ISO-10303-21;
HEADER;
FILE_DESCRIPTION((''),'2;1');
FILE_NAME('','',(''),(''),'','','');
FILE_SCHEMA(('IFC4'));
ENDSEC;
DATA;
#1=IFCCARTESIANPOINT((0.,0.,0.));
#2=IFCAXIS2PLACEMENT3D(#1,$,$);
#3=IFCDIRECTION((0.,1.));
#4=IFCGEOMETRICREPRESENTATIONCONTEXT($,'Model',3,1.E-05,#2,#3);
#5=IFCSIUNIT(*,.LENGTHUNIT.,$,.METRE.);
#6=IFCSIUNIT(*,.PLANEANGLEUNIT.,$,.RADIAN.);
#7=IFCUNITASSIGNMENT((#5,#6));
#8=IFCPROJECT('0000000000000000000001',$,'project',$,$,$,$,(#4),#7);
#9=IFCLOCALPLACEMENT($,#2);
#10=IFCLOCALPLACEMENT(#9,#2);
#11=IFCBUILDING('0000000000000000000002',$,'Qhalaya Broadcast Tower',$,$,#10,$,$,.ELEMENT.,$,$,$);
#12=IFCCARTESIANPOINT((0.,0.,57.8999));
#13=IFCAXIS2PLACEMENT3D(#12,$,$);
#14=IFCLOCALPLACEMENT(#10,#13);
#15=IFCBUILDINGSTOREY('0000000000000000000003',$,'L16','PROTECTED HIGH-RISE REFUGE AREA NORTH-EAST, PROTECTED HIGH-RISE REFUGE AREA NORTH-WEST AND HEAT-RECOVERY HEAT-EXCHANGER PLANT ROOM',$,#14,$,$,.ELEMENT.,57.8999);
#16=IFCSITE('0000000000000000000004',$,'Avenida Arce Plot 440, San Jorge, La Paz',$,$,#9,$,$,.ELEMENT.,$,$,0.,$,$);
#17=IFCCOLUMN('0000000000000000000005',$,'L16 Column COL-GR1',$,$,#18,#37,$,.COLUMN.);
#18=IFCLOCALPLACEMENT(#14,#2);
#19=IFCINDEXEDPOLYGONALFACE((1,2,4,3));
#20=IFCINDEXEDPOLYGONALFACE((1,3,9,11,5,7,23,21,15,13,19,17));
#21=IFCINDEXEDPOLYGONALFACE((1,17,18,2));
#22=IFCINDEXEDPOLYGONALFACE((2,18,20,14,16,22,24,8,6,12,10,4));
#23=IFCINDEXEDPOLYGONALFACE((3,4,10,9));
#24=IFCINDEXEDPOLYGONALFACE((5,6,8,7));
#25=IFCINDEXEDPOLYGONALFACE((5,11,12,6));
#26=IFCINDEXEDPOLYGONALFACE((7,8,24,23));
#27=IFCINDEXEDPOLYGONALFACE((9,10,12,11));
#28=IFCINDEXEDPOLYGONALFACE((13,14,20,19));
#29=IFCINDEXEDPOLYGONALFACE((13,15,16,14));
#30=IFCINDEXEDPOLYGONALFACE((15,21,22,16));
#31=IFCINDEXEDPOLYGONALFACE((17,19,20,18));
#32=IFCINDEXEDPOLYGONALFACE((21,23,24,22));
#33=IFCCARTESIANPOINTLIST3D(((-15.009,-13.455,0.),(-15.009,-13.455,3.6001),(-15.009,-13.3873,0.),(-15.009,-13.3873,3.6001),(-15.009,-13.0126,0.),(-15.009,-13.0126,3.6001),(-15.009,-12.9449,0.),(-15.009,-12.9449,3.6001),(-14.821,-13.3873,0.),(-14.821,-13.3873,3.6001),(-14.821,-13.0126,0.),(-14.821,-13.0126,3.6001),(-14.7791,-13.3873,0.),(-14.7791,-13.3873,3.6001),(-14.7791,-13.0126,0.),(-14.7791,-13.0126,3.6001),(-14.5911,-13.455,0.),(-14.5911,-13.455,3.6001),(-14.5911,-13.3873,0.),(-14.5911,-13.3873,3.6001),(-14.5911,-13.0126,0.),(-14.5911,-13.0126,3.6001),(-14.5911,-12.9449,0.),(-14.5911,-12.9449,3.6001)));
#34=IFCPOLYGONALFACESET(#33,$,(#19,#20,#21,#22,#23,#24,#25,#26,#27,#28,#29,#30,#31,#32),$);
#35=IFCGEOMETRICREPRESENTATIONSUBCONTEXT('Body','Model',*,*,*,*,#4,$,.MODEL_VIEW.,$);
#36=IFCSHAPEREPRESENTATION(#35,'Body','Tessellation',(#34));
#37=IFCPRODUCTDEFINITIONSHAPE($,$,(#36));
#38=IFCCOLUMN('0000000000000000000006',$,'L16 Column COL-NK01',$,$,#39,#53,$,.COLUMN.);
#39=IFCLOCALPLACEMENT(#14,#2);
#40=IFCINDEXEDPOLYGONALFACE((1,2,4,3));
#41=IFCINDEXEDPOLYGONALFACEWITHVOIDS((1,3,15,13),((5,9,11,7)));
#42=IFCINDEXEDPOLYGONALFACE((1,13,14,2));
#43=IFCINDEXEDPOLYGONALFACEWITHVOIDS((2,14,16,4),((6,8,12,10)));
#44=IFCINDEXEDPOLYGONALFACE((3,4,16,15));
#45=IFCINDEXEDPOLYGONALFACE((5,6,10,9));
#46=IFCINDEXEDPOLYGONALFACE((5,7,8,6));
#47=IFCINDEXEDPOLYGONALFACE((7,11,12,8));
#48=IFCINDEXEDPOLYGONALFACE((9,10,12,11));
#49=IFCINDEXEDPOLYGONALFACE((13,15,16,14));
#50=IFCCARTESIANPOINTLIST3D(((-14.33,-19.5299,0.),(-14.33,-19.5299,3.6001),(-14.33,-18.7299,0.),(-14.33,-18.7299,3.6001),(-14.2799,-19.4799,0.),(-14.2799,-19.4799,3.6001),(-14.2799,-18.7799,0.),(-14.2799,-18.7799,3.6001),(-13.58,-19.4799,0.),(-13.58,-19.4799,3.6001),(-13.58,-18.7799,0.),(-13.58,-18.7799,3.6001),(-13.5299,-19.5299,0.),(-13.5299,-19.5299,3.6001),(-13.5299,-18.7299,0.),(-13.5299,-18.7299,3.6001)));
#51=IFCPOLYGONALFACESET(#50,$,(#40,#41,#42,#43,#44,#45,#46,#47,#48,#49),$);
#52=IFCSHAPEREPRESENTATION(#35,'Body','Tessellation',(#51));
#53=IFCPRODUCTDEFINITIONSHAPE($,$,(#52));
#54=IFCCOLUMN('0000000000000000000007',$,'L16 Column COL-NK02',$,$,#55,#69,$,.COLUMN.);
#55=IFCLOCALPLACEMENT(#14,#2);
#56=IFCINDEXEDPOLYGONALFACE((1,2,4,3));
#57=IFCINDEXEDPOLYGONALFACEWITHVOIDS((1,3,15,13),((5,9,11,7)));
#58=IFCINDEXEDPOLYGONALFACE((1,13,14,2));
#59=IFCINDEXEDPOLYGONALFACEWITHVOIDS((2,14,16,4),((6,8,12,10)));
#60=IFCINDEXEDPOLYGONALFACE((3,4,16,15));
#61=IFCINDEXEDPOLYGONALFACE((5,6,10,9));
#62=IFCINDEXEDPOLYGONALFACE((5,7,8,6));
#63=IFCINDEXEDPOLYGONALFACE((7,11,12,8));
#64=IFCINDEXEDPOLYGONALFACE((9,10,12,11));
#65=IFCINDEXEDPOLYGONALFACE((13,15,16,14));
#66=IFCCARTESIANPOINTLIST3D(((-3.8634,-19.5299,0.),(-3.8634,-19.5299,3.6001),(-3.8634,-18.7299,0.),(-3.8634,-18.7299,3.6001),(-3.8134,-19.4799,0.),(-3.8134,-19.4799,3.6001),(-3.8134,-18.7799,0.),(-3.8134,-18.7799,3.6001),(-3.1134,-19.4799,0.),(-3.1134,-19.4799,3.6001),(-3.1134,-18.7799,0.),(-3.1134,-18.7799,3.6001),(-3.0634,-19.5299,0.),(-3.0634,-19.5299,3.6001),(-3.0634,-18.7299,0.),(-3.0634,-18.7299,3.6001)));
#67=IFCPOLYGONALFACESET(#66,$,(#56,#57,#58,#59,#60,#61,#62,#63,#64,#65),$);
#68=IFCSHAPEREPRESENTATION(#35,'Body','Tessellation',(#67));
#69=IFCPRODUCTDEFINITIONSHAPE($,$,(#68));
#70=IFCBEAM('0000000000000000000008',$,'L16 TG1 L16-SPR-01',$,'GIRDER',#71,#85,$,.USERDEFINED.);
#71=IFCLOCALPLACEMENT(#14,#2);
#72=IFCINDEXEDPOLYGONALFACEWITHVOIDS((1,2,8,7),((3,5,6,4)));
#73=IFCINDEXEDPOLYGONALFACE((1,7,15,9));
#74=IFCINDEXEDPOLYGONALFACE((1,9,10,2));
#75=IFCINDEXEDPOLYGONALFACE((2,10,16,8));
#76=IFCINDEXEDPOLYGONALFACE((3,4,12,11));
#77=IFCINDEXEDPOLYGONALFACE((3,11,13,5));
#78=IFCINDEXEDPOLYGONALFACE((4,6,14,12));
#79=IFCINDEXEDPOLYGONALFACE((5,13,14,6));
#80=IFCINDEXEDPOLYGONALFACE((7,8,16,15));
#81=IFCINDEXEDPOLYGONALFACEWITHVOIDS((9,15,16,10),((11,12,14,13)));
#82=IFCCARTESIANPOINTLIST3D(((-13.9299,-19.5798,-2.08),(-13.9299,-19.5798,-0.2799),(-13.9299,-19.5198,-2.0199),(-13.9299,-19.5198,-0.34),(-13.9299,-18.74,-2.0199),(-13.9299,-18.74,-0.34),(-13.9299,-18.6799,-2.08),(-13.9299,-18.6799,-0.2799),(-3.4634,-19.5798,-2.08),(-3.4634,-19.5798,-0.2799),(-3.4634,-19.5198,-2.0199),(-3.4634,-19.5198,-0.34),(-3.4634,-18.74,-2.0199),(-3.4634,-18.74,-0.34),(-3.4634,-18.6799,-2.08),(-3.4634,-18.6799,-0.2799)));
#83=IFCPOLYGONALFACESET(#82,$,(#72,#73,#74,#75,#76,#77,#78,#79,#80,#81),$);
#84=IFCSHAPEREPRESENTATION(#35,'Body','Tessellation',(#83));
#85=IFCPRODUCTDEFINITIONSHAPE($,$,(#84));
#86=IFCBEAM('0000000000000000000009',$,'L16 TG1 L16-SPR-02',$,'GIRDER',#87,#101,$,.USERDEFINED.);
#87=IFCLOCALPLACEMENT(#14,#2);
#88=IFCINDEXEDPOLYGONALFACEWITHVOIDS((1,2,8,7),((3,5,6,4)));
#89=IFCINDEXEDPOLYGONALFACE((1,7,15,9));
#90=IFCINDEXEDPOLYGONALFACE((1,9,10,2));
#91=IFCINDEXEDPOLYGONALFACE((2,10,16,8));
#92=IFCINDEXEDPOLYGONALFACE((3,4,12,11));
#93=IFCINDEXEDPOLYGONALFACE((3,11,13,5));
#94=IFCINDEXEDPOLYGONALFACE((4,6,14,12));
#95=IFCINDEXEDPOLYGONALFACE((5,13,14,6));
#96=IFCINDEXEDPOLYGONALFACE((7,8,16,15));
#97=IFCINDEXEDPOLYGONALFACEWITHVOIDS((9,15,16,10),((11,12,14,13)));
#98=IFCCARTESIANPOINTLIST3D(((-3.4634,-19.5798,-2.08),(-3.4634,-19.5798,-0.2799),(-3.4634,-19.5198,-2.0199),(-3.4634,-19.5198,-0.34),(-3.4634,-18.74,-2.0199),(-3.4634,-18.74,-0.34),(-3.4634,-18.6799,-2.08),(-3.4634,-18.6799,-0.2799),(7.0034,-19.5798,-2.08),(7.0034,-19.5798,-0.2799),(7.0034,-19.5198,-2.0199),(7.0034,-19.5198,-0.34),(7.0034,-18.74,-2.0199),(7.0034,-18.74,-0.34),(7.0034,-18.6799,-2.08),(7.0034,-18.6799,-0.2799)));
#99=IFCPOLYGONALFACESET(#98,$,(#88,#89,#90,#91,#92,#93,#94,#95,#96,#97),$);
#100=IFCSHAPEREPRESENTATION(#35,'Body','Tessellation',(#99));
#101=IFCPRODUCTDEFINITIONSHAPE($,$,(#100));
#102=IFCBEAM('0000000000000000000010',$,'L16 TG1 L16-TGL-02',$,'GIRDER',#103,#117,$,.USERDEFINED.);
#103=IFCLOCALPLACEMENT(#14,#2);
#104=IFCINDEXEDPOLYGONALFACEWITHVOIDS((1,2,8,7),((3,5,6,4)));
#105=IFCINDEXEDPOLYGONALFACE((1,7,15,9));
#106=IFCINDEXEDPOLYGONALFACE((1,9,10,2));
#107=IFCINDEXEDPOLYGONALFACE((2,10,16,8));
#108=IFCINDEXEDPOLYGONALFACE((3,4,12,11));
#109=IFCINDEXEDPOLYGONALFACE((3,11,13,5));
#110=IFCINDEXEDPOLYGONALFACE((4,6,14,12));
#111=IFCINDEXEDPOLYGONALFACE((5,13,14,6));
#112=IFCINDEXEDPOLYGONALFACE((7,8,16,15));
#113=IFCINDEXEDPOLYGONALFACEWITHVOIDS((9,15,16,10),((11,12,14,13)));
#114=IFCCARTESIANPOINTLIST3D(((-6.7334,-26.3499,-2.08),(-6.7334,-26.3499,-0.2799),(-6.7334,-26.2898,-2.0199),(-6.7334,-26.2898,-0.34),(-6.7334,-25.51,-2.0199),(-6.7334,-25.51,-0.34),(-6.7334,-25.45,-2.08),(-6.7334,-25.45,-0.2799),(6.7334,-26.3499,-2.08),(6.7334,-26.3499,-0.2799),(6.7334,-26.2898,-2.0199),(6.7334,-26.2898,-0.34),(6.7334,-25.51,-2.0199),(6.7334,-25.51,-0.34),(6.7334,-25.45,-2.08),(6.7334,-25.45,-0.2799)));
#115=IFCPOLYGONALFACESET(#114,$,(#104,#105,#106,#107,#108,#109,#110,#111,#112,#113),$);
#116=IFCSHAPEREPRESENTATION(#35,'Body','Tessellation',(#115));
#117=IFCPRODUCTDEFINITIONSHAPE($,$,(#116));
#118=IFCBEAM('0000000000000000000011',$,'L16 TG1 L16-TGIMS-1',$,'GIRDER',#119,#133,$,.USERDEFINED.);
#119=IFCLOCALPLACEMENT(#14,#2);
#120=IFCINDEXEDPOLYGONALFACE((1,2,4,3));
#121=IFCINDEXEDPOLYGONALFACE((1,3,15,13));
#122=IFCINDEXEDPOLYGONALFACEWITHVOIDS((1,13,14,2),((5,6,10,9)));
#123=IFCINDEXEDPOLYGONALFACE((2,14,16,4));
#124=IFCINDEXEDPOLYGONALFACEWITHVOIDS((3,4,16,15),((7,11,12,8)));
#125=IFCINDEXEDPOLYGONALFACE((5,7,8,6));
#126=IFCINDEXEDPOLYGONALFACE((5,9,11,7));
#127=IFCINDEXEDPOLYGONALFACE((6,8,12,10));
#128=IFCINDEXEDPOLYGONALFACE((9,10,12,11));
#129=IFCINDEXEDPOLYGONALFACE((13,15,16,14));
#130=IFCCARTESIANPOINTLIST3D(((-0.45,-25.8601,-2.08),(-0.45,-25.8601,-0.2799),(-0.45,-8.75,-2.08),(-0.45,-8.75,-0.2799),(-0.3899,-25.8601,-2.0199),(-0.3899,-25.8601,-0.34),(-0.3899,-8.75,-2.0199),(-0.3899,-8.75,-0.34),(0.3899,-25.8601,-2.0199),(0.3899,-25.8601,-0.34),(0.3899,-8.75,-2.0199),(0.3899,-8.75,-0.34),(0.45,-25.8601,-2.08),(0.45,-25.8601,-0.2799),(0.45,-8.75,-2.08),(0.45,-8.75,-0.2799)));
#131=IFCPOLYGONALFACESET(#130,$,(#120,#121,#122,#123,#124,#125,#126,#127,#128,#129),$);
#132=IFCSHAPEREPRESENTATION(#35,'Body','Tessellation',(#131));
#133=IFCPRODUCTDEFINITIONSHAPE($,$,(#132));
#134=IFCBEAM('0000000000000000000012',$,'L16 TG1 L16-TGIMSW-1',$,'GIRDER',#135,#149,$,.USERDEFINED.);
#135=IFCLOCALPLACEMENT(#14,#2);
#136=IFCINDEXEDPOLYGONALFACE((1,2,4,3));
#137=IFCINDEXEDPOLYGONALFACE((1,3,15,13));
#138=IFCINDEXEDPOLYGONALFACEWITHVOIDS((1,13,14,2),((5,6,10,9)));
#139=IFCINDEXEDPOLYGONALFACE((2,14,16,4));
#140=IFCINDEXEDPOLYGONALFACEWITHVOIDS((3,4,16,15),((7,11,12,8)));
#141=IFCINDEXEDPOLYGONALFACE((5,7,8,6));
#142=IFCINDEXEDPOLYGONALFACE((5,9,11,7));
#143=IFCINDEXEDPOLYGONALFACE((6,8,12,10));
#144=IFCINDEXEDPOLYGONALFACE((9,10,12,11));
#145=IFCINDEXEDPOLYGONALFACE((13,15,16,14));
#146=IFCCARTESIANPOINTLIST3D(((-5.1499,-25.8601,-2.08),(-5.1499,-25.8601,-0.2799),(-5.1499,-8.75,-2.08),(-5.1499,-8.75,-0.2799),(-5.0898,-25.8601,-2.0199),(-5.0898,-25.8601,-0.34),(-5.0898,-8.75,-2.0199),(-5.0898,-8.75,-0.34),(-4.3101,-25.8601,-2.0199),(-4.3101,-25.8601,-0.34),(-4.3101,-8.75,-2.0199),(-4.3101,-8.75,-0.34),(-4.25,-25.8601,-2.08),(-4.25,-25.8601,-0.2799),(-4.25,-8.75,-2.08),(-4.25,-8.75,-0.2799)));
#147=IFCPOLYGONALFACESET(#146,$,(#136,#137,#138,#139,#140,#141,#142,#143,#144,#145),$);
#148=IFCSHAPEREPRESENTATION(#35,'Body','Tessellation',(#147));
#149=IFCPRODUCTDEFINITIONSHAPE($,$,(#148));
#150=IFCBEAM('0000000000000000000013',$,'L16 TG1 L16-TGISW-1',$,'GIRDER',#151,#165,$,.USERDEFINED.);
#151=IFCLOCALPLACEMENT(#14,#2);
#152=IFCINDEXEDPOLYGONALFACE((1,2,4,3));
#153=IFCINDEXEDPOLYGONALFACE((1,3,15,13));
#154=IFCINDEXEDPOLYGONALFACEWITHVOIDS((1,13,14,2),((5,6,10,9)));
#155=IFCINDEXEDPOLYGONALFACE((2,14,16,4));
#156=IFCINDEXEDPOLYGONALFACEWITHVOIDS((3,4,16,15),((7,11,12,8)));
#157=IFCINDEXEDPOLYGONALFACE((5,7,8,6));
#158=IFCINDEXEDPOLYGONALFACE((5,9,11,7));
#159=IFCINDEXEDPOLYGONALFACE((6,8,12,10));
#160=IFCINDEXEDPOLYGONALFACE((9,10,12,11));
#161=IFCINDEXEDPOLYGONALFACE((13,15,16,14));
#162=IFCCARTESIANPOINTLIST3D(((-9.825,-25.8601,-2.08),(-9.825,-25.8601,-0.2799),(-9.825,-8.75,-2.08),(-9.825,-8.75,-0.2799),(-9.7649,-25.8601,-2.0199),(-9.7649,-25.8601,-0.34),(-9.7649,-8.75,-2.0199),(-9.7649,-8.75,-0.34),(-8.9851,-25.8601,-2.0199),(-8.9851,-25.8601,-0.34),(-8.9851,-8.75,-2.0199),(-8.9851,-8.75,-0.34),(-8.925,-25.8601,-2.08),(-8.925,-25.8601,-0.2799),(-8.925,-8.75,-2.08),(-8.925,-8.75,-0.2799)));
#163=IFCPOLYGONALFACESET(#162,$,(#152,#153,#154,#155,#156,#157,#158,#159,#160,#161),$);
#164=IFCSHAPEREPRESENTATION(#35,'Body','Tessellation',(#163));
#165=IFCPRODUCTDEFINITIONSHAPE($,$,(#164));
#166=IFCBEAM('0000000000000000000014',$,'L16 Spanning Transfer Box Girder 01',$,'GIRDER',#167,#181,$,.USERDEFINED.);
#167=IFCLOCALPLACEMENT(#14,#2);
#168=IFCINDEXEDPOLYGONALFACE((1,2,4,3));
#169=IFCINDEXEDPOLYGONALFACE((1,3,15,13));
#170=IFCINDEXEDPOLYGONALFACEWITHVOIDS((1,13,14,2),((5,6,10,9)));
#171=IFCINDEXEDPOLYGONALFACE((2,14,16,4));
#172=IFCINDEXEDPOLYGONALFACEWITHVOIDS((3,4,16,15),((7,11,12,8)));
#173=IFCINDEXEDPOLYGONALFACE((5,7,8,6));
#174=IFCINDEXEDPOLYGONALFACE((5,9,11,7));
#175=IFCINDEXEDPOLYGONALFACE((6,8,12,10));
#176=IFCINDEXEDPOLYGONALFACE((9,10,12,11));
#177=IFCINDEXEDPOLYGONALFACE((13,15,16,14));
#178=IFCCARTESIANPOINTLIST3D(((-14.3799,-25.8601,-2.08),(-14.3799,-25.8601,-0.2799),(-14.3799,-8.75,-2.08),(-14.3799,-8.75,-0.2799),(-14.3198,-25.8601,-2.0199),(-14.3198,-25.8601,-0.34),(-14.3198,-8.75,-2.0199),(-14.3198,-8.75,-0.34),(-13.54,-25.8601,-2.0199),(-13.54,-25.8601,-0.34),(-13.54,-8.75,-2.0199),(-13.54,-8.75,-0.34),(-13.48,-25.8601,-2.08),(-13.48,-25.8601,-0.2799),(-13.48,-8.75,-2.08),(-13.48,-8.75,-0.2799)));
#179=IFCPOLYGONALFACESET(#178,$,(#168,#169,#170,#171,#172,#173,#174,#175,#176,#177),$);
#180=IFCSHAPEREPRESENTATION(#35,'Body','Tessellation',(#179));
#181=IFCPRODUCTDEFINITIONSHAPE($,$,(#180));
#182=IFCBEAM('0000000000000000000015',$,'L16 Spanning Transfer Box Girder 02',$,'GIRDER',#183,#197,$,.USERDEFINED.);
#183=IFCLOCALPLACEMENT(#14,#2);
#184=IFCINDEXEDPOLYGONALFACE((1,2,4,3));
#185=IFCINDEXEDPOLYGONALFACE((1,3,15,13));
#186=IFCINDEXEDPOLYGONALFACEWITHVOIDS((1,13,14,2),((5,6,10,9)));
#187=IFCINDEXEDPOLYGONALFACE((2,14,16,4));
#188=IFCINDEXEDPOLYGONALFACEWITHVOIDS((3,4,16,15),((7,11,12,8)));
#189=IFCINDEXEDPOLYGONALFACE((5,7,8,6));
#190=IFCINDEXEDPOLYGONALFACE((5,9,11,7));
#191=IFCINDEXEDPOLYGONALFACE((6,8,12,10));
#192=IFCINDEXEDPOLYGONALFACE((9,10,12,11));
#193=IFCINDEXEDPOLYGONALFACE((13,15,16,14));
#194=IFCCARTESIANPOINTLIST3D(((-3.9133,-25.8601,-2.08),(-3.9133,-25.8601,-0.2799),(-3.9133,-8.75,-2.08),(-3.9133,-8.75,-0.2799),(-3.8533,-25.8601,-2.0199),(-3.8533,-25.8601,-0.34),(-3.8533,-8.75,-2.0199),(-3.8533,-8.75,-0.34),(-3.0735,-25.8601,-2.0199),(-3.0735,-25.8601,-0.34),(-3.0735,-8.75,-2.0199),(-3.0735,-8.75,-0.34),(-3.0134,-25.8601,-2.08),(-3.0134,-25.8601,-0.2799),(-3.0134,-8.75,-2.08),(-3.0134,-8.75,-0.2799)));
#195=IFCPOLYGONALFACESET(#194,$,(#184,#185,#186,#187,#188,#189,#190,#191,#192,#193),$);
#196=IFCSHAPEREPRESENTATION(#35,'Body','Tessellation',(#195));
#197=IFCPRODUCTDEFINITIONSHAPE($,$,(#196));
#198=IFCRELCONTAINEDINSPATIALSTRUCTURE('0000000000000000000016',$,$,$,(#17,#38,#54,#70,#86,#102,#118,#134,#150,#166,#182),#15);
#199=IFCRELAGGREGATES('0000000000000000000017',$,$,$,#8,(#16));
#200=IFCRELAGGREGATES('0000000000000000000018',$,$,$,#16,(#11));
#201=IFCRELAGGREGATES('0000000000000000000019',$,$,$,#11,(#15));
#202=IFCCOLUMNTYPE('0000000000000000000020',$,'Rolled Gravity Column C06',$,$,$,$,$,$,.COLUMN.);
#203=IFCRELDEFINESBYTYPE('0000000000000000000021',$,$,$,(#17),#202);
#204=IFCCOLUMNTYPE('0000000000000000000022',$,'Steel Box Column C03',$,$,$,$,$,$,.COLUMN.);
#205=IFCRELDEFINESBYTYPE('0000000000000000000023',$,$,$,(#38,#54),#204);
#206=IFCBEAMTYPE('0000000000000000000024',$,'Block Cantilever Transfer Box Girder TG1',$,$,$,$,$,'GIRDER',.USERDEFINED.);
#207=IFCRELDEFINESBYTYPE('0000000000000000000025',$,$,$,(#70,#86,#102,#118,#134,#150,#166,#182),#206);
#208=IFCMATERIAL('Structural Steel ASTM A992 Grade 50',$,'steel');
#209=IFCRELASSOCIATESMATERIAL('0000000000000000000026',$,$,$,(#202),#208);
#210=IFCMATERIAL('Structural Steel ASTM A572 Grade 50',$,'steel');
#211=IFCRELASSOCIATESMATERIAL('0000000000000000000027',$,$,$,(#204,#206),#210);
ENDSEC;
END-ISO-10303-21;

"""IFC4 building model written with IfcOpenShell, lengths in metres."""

from ifc_helpers import new_model, si_unit, direction, frame, origin, origin_2d, place, context, subcontext, project, spatial, hollow_rectangle, i_section, extrude, material, material_profile, profile_set, type_object, element, save


model = new_model("IFC4")

# Units and contexts
model_context = context("Model", 3, precision=1e-05, world=origin(), true_north=direction((0.0, 1.0)))
body_context = subcontext(model_context, "Body", "Model", "MODEL_VIEW")
ifc_project = project(units=[si_unit("LENGTHUNIT", "METRE"), si_unit("PLANEANGLEUNIT", "RADIAN")], contexts=[model_context])

# Site, building, storey
site_placement = place(None, origin())
site = spatial("IfcSite", under=ifc_project, at=site_placement, Name="Avenida Arce Plot 440, San Jorge, La Paz", CompositionType="ELEMENT", RefElevation=0.0)
building_placement = place(site_placement, origin())
building = spatial("IfcBuilding", under=site, at=building_placement, Name="Qhalaya Broadcast Tower", CompositionType="ELEMENT")
storey_placement = place(building_placement, frame((0.0, 0.0, 57.8999)))
storey = spatial("IfcBuildingStorey", under=building, at=storey_placement, Name="L16", Description="PROTECTED HIGH-RISE REFUGE AREA NORTH-EAST, PROTECTED HIGH-RISE REFUGE AREA NORTH-WEST AND HEAT-RECOVERY HEAT-EXCHANGER PLANT ROOM", CompositionType="ELEMENT", Elevation=57.8999)

# Columns
ifc_material_1 = material(Name="Structural Steel ASTM A992 Grade 50", Category="steel")
ifc_material_profile_1 = material_profile(ifc_material_1, i_section(OverallWidth=0.418, OverallDepth=0.51, WebThickness=0.042, FlangeThickness=0.0676, at=origin_2d()), Name="W14X370")
ifc_profile_set_1 = profile_set([ifc_material_profile_1], Name="Structural Steel ASTM A992 Grade 50")
column_type_1 = type_object("IfcColumnType", Name="Rolled Gravity Column C06", PredefinedType="COLUMN", material=ifc_profile_set_1)
column_placement = place(storey_placement, frame((-14.8, -13.2, 0.0), z_axis=(0.0, 0.0, 1.0), x_axis=(1.0, 0.0, 0.0)))
element("IfcColumn", 1, at=column_placement, inside=storey, type_object=column_type_1, Name="L16 Column COL-GR1", PredefinedType="COLUMN", context=body_context, shape_type="SweptSolid", body=[
    extrude(i_section(OverallWidth=0.418, OverallDepth=0.51, WebThickness=0.042, FlangeThickness=0.0676, at=origin_2d()), origin(), (0.0, 0.0, 1.0), 3.6001),
])
ifc_material_2 = material(Name="Structural Steel ASTM A572 Grade 50", Category="steel")
ifc_material_profile_2 = material_profile(ifc_material_2, hollow_rectangle(XDim=0.8, YDim=0.8, WallThickness=0.05, at=origin_2d()), Name="BOX 800x800x50")
ifc_profile_set_2 = profile_set([ifc_material_profile_2], Name="Structural Steel ASTM A572 Grade 50")
column_type_2 = type_object("IfcColumnType", Name="Steel Box Column C03", PredefinedType="COLUMN", material=ifc_profile_set_2)
for number, where, z_axis, x_axis, name in (
    (2, (-13.9299, -19.1299, 0.0), (0.0, 0.0, 1.0), (1.0, 0.0, 0.0), "L16 Column COL-NK01"),
    (3, (-3.4634, -19.1299, 0.0), (0.0, 0.0, 1.0), (1.0, 0.0, 0.0), "L16 Column COL-NK02"),
):
    element("IfcColumn", number, at=place(storey_placement, frame(where, z_axis=z_axis, x_axis=x_axis)), inside=storey, type_object=column_type_2, Name=name, PredefinedType="COLUMN", context=body_context, shape_type="SweptSolid", body=[
        extrude(hollow_rectangle(XDim=0.8, YDim=0.8, WallThickness=0.05, at=origin_2d()), origin(), (0.0, 0.0, 1.0), 3.6001),
    ])

# Beams
ifc_material_profile_3 = material_profile(ifc_material_2, hollow_rectangle(XDim=0.8999, YDim=1.8, WallThickness=0.0601, at=origin_2d()), Name="BOX 900x1800x60")
ifc_profile_set_3 = profile_set([ifc_material_profile_3], Name="Structural Steel ASTM A572 Grade 50")
beam_type_1 = type_object("IfcBeamType", Name="Block Cantilever Transfer Box Girder TG1", ElementType="GIRDER", PredefinedType="USERDEFINED", material=ifc_profile_set_3)
beam_1_placement = place(storey_placement, frame((-13.9299, -19.1299, -1.1799), z_axis=(1.0, 0.0, 0.0), x_axis=(0.0, 1.0, 0.0)))
element("IfcBeam", 4, at=beam_1_placement, inside=storey, type_object=beam_type_1, Name="L16 TG1 L16-SPR-01", ObjectType="GIRDER", PredefinedType="USERDEFINED", context=body_context, shape_type="SweptSolid", body=[
    extrude(hollow_rectangle(XDim=0.8999, YDim=1.8, WallThickness=0.0601, at=origin_2d()), origin(), (0.0, 0.0, 1.0), 10.4666),
])
beam_2_placement = place(storey_placement, frame((-3.4634, -19.1299, -1.1799), z_axis=(1.0, 0.0, 0.0), x_axis=(0.0, 1.0, 0.0)))
element("IfcBeam", 5, at=beam_2_placement, inside=storey, type_object=beam_type_1, Name="L16 TG1 L16-SPR-02", ObjectType="GIRDER", PredefinedType="USERDEFINED", context=body_context, shape_type="SweptSolid", body=[
    extrude(hollow_rectangle(XDim=0.8999, YDim=1.8, WallThickness=0.0601, at=origin_2d()), origin(), (0.0, 0.0, 1.0), 10.4668),
])
beam_3_placement = place(storey_placement, frame((-6.7334, -25.8999, -1.1799), z_axis=(1.0, 0.0, 0.0), x_axis=(0.0, 1.0, 0.0)))
element("IfcBeam", 6, at=beam_3_placement, inside=storey, type_object=beam_type_1, Name="L16 TG1 L16-TGL-02", ObjectType="GIRDER", PredefinedType="USERDEFINED", context=body_context, shape_type="SweptSolid", body=[
    extrude(hollow_rectangle(XDim=0.8999, YDim=1.8, WallThickness=0.0601, at=origin_2d()), origin(), (0.0, 0.0, 1.0), 13.4668),
])
for number, where, z_axis, x_axis, name in (
    (7, (0.0, -25.8601, -1.1799), (0.0, 1.0, 0.0), (-1.0, 0.0, 0.0), "L16 TG1 L16-TGIMS-1"),
    (8, (-4.7, -25.8601, -1.1799), (0.0, 1.0, 0.0), (-1.0, 0.0, 0.0), "L16 TG1 L16-TGIMSW-1"),
    (9, (-9.375, -25.8601, -1.1799), (0.0, 1.0, 0.0), (-1.0, 0.0, 0.0), "L16 TG1 L16-TGISW-1"),
    (10, (-13.9299, -25.8601, -1.1799), (0.0, 1.0, 0.0), (-1.0, 0.0, 0.0), "L16 Spanning Transfer Box Girder 01"),
    (11, (-3.4634, -25.8601, -1.1799), (0.0, 1.0, 0.0), (-1.0, 0.0, 0.0), "L16 Spanning Transfer Box Girder 02"),
):
    element("IfcBeam", number, at=place(storey_placement, frame(where, z_axis=z_axis, x_axis=x_axis)), inside=storey, type_object=beam_type_1, Name=name, ObjectType="GIRDER", PredefinedType="USERDEFINED", context=body_context, shape_type="SweptSolid", body=[
        extrude(hollow_rectangle(XDim=0.8999, YDim=1.8, WallThickness=0.0601, at=origin_2d()), origin(), (0.0, 0.0, 1.0), 17.1101),
    ])

save(model, "model.ifc")
